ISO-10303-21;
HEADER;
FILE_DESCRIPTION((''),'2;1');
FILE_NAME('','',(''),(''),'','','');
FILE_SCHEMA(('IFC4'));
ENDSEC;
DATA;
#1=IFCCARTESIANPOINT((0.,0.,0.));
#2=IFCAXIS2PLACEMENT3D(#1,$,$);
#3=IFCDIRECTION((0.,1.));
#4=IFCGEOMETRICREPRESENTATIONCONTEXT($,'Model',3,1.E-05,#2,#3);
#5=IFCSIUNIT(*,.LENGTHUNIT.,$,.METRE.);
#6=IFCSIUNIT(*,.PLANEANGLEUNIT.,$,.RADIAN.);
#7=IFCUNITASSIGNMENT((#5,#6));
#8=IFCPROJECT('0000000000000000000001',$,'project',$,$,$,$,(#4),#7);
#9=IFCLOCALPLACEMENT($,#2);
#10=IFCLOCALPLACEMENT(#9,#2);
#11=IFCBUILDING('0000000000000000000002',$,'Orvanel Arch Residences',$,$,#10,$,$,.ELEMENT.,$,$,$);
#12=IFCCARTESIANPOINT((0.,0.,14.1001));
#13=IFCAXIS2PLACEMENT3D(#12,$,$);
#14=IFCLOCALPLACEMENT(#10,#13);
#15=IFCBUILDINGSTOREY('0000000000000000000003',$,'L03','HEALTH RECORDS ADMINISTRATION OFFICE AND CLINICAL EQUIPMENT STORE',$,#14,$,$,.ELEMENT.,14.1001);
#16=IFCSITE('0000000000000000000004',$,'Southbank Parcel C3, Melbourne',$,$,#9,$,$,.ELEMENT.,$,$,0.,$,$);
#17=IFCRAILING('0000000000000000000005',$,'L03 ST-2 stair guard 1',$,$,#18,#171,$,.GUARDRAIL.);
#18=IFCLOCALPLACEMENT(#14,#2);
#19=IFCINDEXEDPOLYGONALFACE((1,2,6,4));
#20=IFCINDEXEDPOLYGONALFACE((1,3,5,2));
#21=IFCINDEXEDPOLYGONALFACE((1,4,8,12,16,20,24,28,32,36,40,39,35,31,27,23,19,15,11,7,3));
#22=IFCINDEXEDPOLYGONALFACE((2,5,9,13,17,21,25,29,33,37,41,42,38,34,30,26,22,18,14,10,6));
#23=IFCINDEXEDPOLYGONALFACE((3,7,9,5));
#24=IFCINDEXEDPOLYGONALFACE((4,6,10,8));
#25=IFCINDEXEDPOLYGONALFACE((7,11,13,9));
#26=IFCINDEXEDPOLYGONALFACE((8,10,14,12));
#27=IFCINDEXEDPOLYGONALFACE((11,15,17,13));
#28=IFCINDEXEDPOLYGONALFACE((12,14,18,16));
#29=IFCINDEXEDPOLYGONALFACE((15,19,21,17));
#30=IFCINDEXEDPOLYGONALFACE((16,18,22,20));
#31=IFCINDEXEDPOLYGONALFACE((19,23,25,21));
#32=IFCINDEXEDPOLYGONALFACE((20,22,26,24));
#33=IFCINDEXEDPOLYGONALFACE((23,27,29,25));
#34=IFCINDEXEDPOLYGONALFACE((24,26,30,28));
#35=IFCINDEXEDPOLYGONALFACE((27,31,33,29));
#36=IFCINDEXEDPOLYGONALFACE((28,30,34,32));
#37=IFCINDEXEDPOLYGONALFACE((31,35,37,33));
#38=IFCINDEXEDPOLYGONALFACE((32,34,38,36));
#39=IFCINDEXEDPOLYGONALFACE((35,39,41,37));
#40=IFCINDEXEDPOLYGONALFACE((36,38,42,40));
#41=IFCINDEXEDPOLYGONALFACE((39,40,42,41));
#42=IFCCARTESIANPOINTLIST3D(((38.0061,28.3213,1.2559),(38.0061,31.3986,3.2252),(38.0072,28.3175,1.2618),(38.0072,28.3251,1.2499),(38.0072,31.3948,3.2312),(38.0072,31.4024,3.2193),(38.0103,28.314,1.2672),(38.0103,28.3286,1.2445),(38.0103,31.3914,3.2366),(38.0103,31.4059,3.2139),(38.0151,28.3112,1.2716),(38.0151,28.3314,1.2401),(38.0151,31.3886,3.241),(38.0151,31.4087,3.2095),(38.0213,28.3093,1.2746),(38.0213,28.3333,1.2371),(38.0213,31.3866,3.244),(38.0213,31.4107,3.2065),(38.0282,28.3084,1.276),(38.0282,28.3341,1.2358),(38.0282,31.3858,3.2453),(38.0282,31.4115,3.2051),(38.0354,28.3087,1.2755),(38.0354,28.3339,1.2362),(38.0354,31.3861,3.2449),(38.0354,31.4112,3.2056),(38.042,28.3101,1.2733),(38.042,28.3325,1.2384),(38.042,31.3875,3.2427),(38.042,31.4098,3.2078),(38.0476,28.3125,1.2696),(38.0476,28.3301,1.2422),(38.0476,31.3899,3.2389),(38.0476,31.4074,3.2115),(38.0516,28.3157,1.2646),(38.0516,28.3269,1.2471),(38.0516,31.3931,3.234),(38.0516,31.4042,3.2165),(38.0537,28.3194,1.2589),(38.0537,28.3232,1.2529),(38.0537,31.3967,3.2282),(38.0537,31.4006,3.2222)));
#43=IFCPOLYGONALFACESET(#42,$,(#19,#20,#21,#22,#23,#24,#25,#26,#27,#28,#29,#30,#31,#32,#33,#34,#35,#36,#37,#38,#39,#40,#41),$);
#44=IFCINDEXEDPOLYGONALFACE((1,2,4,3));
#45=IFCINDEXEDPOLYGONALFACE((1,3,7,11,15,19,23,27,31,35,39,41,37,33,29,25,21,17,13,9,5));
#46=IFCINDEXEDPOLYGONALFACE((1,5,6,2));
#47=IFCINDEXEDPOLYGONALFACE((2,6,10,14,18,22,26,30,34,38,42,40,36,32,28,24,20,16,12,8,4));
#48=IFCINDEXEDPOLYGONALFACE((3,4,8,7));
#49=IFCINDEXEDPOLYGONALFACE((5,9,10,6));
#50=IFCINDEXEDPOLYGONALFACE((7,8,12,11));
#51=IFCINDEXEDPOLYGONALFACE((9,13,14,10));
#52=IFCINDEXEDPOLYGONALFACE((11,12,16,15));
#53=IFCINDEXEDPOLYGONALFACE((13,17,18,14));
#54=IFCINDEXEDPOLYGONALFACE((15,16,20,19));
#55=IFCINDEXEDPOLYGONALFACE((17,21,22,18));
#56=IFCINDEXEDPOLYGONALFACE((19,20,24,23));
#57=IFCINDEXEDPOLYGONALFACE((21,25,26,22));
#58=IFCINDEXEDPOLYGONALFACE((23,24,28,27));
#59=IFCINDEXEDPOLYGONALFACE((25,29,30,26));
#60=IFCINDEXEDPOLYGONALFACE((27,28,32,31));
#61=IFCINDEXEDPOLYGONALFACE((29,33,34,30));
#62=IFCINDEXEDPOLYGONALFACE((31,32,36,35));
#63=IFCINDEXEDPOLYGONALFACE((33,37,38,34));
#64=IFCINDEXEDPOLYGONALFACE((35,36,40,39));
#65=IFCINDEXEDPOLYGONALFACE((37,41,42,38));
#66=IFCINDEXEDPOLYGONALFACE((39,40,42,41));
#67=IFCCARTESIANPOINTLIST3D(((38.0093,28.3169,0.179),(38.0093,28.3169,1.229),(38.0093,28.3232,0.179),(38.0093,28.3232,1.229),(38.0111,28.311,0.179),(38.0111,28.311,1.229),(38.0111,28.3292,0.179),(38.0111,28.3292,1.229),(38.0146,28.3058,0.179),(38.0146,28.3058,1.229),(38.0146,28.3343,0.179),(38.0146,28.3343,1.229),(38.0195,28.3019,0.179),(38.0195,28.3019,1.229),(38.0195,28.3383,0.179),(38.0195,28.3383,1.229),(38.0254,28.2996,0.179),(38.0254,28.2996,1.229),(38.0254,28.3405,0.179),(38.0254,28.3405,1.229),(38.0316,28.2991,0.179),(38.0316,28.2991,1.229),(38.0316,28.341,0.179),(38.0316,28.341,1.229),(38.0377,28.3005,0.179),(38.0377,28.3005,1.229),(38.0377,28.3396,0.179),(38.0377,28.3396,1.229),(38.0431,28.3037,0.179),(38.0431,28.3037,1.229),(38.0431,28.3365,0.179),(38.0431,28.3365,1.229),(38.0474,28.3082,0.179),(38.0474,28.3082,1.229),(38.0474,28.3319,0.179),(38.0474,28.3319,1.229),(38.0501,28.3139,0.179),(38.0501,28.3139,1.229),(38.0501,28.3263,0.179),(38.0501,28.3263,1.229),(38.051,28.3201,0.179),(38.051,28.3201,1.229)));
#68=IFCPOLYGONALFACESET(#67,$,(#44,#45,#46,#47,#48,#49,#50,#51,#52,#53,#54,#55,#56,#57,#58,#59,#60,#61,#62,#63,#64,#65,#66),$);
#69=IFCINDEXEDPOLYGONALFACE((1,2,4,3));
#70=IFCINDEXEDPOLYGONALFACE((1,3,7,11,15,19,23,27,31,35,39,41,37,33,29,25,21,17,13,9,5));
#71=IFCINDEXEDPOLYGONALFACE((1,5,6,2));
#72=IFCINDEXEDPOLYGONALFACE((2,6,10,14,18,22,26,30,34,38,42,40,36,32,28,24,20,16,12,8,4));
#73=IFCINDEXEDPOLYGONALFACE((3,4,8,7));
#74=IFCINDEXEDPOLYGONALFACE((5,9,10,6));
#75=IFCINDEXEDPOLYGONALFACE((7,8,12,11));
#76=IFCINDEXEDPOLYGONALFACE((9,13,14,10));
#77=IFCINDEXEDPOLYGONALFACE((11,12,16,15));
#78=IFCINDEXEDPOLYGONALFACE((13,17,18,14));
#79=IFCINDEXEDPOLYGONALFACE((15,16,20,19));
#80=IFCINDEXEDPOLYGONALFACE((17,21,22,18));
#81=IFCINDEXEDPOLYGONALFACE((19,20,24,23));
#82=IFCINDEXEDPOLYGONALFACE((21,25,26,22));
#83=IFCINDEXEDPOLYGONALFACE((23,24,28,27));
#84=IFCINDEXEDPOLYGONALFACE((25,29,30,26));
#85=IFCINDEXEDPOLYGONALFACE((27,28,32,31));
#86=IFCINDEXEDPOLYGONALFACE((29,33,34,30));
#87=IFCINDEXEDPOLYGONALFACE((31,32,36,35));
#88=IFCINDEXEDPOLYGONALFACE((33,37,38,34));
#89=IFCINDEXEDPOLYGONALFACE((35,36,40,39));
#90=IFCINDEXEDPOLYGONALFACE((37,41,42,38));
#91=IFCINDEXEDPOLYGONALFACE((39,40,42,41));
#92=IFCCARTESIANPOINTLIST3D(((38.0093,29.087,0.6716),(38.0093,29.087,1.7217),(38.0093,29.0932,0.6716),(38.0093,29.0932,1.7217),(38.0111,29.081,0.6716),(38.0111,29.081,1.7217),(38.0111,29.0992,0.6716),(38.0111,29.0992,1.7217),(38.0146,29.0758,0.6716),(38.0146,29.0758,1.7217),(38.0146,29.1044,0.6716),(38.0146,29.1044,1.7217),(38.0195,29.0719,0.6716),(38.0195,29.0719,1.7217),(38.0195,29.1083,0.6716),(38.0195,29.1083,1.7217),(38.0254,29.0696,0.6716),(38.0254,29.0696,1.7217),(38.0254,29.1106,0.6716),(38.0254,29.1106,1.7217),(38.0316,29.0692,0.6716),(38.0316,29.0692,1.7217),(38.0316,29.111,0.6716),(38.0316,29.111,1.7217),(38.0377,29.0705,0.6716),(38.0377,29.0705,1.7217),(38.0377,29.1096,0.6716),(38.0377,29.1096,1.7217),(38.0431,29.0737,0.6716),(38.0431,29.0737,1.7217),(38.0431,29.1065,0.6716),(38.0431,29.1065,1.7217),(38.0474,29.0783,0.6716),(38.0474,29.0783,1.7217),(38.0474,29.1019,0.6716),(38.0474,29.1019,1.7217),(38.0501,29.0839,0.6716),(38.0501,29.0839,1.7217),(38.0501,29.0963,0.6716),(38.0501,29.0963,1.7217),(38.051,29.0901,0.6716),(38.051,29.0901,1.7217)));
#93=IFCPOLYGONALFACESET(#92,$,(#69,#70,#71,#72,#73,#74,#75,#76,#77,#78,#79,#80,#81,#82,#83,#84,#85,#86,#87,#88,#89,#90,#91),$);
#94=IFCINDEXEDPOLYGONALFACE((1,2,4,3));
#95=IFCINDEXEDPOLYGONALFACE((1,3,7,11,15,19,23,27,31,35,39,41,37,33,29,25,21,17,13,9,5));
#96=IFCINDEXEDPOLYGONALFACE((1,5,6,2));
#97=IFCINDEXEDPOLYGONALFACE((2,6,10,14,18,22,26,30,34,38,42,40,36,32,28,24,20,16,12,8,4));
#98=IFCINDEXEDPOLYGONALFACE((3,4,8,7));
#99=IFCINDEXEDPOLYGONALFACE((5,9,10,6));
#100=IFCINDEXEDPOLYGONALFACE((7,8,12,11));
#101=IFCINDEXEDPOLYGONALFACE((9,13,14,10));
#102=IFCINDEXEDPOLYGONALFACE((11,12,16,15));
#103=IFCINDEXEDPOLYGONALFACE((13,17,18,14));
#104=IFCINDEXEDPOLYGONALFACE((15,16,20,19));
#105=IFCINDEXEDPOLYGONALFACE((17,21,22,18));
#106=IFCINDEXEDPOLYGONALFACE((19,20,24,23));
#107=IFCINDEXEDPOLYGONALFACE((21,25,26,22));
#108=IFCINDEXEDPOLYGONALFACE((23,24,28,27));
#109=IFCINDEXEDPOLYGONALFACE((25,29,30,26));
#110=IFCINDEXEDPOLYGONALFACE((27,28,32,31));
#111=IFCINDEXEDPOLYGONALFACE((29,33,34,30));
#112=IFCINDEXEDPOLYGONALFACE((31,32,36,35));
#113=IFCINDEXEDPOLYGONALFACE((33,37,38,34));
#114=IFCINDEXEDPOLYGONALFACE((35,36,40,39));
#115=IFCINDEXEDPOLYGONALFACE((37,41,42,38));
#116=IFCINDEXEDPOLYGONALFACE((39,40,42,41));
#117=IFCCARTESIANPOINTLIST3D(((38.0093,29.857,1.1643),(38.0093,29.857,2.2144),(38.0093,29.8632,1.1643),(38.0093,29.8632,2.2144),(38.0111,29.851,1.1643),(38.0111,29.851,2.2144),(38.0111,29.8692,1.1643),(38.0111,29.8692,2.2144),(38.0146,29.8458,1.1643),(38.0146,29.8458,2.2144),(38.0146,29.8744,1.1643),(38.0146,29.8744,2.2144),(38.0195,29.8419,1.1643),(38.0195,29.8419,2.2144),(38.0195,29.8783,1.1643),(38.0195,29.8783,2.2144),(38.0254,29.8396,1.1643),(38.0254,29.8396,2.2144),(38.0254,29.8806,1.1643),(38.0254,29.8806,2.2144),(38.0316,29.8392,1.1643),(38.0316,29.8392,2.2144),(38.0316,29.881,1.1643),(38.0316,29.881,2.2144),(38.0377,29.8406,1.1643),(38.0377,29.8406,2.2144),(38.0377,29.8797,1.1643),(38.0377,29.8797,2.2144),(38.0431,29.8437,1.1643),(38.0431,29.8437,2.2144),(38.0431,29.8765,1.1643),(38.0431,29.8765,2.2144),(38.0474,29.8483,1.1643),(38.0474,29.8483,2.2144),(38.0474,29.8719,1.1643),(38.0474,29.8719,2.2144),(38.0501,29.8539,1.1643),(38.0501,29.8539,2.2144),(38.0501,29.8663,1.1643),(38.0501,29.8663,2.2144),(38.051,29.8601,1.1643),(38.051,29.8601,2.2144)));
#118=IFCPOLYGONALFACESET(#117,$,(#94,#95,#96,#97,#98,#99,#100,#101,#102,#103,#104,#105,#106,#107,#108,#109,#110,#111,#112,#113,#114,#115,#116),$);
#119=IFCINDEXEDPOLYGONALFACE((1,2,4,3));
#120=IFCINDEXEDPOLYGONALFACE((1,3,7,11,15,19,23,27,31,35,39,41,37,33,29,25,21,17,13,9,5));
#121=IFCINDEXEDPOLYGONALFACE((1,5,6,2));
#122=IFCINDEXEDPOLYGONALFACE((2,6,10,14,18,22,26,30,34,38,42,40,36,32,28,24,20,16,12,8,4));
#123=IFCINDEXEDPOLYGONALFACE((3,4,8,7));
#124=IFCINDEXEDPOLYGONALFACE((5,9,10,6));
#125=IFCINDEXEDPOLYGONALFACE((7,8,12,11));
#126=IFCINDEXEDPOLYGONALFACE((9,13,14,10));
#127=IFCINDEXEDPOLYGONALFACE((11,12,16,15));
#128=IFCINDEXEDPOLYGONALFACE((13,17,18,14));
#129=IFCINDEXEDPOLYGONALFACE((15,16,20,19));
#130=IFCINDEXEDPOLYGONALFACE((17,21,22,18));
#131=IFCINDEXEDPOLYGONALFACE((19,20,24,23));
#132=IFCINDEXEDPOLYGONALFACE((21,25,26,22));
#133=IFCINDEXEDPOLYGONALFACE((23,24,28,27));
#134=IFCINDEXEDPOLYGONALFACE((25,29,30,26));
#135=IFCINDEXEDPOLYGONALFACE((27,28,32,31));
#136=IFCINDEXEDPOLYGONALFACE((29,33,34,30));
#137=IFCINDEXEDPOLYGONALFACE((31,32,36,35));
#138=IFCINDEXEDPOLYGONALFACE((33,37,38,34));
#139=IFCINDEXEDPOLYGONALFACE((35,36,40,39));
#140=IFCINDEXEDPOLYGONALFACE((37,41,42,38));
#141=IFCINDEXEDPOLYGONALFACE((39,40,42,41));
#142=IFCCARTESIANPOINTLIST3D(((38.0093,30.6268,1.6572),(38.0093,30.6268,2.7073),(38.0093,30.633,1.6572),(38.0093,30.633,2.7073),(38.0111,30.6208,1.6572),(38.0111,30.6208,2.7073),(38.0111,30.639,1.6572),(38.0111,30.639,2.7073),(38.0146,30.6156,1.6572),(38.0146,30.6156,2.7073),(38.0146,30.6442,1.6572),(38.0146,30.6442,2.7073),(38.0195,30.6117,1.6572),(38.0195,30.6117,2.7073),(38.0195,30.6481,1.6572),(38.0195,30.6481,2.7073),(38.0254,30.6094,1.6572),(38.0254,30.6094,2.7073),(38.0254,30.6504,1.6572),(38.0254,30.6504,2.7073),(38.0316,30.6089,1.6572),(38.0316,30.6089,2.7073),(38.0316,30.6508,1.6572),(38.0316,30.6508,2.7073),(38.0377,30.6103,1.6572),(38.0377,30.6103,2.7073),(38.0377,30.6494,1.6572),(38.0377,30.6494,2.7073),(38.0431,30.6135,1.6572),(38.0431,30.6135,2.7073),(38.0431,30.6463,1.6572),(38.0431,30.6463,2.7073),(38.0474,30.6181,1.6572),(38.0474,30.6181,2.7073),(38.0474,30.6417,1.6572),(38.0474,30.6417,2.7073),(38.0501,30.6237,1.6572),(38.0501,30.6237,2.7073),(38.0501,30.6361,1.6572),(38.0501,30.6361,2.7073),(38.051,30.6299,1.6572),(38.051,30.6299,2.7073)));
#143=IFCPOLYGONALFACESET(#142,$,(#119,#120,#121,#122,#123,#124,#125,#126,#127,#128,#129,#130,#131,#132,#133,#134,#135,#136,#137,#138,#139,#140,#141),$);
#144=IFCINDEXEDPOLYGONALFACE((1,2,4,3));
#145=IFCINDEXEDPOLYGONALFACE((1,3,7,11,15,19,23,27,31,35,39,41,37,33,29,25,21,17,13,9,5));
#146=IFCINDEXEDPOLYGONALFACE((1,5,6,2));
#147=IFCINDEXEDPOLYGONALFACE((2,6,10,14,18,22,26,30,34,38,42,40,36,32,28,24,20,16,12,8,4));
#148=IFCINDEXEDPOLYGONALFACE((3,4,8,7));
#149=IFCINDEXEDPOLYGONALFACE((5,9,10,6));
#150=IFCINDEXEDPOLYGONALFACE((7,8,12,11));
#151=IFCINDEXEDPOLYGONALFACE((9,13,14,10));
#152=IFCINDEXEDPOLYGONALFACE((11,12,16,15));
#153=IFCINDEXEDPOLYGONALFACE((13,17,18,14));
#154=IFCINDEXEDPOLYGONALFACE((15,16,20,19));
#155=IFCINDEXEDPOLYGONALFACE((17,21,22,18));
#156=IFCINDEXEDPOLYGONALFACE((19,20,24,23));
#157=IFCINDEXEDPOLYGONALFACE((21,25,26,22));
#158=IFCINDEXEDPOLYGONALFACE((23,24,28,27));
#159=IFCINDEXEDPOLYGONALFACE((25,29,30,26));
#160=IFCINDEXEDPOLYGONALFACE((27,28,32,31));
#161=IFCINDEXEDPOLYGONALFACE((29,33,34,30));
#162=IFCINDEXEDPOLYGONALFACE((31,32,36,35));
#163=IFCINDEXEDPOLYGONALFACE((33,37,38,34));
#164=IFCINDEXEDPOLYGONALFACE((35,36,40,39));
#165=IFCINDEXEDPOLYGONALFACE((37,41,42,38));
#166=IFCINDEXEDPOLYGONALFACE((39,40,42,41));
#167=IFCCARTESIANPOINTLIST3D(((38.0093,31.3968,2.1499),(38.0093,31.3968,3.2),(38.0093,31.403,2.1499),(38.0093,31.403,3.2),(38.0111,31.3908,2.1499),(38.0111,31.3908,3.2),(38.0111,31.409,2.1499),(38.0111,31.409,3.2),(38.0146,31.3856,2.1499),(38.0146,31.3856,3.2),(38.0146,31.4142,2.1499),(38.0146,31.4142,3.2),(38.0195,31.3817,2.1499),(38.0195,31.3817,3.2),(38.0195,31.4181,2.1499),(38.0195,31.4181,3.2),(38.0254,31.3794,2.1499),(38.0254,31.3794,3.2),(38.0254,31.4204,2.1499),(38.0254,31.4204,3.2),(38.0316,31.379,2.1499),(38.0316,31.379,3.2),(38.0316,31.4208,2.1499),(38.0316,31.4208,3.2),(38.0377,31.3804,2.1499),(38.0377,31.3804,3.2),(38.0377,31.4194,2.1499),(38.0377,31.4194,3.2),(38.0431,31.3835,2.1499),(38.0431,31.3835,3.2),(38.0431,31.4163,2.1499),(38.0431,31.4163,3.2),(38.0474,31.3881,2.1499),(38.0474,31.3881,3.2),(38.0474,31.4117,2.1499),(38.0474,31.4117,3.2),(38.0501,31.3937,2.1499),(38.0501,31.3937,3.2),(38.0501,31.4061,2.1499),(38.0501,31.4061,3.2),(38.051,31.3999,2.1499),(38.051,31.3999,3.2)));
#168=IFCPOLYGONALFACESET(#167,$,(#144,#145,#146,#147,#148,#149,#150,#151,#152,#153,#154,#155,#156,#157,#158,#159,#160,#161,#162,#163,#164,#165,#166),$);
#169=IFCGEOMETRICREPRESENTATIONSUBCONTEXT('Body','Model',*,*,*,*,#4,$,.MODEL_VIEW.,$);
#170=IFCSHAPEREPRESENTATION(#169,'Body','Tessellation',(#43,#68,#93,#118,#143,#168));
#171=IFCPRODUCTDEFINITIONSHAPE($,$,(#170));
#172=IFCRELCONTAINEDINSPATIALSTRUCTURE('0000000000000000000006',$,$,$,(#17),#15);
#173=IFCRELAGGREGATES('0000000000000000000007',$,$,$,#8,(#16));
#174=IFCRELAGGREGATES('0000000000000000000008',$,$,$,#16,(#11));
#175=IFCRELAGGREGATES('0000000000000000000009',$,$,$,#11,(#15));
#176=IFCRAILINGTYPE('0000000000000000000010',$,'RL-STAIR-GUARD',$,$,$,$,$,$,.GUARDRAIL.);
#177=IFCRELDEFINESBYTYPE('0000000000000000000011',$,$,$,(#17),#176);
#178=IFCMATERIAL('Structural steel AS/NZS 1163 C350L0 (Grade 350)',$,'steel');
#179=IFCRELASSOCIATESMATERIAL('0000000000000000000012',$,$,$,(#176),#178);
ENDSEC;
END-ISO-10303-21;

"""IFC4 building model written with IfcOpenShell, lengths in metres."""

from ifc_helpers import new_model, si_unit, direction, frame, origin, origin_2d, place, context, subcontext, project, spatial, circle, extrude, material, type_object, element, save


model = new_model("IFC4")

# Units and contexts
model_context = context("Model", 3, precision=1e-05, world=origin(), true_north=direction((0.0, 1.0)))
body_context = subcontext(model_context, "Body", "Model", "MODEL_VIEW")
ifc_project = project(units=[si_unit("LENGTHUNIT", "METRE"), si_unit("PLANEANGLEUNIT", "RADIAN")], contexts=[model_context])

# Site, building, storey
site_placement = place(None, origin())
site = spatial("IfcSite", under=ifc_project, at=site_placement, Name="Southbank Parcel C3, Melbourne", CompositionType="ELEMENT", RefElevation=0.0)
building_placement = place(site_placement, origin())
building = spatial("IfcBuilding", under=site, at=building_placement, Name="Orvanel Arch Residences", CompositionType="ELEMENT")
storey_placement = place(building_placement, frame((0.0, 0.0, 14.1001)))
storey = spatial("IfcBuildingStorey", under=building, at=storey_placement, Name="L03", Description="HEALTH RECORDS ADMINISTRATION OFFICE AND CLINICAL EQUIPMENT STORE", CompositionType="ELEMENT", Elevation=14.1001)

# Railing
ifc_material_1 = material(Name="Structural steel AS/NZS 1163 C350L0 (Grade 350)", Category="steel")
railing_type_1 = type_object("IfcRailingType", Name="RL-STAIR-GUARD", PredefinedType="GUARDRAIL", material=ifc_material_1)
railing_1_placement = place(storey_placement, frame((38.03, 28.3201, 0.179)))
element("IfcRailing", 1, at=railing_1_placement, inside=storey, type_object=railing_type_1, Name="L03 ST-2 stair guard 1", PredefinedType="GUARDRAIL", context=body_context, shape_type="SweptSolid", body=[
    extrude(circle(Radius=0.0239, at=origin_2d()), frame((0.0, 0.0012, 1.0769), z_axis=(0.0, 0.84229, 0.539025), x_axis=(-1.0, 0.0, 0.0)), (0.0, 0.0, 1.0), 3.6536),
    extrude(circle(Radius=0.021, at=origin_2d()), origin(), (0.0, 0.0, 1.0), 1.05),
    extrude(circle(Radius=0.021, at=origin_2d()), frame((0.0, 0.77, 0.4927)), (0.0, 0.0, 1.0), 1.05),
    extrude(circle(Radius=0.021, at=origin_2d()), frame((0.0, 1.54, 0.9854)), (0.0, 0.0, 1.0), 1.05),
    extrude(circle(Radius=0.021, at=origin_2d()), frame((0.0, 2.3098, 1.4783)), (0.0, 0.0, 1.0), 1.05),
    extrude(circle(Radius=0.021, at=origin_2d()), frame((0.0, 3.0798, 1.9709)), (0.0, 0.0, 1.0), 1.05),
])

save(model, "model.ifc")
